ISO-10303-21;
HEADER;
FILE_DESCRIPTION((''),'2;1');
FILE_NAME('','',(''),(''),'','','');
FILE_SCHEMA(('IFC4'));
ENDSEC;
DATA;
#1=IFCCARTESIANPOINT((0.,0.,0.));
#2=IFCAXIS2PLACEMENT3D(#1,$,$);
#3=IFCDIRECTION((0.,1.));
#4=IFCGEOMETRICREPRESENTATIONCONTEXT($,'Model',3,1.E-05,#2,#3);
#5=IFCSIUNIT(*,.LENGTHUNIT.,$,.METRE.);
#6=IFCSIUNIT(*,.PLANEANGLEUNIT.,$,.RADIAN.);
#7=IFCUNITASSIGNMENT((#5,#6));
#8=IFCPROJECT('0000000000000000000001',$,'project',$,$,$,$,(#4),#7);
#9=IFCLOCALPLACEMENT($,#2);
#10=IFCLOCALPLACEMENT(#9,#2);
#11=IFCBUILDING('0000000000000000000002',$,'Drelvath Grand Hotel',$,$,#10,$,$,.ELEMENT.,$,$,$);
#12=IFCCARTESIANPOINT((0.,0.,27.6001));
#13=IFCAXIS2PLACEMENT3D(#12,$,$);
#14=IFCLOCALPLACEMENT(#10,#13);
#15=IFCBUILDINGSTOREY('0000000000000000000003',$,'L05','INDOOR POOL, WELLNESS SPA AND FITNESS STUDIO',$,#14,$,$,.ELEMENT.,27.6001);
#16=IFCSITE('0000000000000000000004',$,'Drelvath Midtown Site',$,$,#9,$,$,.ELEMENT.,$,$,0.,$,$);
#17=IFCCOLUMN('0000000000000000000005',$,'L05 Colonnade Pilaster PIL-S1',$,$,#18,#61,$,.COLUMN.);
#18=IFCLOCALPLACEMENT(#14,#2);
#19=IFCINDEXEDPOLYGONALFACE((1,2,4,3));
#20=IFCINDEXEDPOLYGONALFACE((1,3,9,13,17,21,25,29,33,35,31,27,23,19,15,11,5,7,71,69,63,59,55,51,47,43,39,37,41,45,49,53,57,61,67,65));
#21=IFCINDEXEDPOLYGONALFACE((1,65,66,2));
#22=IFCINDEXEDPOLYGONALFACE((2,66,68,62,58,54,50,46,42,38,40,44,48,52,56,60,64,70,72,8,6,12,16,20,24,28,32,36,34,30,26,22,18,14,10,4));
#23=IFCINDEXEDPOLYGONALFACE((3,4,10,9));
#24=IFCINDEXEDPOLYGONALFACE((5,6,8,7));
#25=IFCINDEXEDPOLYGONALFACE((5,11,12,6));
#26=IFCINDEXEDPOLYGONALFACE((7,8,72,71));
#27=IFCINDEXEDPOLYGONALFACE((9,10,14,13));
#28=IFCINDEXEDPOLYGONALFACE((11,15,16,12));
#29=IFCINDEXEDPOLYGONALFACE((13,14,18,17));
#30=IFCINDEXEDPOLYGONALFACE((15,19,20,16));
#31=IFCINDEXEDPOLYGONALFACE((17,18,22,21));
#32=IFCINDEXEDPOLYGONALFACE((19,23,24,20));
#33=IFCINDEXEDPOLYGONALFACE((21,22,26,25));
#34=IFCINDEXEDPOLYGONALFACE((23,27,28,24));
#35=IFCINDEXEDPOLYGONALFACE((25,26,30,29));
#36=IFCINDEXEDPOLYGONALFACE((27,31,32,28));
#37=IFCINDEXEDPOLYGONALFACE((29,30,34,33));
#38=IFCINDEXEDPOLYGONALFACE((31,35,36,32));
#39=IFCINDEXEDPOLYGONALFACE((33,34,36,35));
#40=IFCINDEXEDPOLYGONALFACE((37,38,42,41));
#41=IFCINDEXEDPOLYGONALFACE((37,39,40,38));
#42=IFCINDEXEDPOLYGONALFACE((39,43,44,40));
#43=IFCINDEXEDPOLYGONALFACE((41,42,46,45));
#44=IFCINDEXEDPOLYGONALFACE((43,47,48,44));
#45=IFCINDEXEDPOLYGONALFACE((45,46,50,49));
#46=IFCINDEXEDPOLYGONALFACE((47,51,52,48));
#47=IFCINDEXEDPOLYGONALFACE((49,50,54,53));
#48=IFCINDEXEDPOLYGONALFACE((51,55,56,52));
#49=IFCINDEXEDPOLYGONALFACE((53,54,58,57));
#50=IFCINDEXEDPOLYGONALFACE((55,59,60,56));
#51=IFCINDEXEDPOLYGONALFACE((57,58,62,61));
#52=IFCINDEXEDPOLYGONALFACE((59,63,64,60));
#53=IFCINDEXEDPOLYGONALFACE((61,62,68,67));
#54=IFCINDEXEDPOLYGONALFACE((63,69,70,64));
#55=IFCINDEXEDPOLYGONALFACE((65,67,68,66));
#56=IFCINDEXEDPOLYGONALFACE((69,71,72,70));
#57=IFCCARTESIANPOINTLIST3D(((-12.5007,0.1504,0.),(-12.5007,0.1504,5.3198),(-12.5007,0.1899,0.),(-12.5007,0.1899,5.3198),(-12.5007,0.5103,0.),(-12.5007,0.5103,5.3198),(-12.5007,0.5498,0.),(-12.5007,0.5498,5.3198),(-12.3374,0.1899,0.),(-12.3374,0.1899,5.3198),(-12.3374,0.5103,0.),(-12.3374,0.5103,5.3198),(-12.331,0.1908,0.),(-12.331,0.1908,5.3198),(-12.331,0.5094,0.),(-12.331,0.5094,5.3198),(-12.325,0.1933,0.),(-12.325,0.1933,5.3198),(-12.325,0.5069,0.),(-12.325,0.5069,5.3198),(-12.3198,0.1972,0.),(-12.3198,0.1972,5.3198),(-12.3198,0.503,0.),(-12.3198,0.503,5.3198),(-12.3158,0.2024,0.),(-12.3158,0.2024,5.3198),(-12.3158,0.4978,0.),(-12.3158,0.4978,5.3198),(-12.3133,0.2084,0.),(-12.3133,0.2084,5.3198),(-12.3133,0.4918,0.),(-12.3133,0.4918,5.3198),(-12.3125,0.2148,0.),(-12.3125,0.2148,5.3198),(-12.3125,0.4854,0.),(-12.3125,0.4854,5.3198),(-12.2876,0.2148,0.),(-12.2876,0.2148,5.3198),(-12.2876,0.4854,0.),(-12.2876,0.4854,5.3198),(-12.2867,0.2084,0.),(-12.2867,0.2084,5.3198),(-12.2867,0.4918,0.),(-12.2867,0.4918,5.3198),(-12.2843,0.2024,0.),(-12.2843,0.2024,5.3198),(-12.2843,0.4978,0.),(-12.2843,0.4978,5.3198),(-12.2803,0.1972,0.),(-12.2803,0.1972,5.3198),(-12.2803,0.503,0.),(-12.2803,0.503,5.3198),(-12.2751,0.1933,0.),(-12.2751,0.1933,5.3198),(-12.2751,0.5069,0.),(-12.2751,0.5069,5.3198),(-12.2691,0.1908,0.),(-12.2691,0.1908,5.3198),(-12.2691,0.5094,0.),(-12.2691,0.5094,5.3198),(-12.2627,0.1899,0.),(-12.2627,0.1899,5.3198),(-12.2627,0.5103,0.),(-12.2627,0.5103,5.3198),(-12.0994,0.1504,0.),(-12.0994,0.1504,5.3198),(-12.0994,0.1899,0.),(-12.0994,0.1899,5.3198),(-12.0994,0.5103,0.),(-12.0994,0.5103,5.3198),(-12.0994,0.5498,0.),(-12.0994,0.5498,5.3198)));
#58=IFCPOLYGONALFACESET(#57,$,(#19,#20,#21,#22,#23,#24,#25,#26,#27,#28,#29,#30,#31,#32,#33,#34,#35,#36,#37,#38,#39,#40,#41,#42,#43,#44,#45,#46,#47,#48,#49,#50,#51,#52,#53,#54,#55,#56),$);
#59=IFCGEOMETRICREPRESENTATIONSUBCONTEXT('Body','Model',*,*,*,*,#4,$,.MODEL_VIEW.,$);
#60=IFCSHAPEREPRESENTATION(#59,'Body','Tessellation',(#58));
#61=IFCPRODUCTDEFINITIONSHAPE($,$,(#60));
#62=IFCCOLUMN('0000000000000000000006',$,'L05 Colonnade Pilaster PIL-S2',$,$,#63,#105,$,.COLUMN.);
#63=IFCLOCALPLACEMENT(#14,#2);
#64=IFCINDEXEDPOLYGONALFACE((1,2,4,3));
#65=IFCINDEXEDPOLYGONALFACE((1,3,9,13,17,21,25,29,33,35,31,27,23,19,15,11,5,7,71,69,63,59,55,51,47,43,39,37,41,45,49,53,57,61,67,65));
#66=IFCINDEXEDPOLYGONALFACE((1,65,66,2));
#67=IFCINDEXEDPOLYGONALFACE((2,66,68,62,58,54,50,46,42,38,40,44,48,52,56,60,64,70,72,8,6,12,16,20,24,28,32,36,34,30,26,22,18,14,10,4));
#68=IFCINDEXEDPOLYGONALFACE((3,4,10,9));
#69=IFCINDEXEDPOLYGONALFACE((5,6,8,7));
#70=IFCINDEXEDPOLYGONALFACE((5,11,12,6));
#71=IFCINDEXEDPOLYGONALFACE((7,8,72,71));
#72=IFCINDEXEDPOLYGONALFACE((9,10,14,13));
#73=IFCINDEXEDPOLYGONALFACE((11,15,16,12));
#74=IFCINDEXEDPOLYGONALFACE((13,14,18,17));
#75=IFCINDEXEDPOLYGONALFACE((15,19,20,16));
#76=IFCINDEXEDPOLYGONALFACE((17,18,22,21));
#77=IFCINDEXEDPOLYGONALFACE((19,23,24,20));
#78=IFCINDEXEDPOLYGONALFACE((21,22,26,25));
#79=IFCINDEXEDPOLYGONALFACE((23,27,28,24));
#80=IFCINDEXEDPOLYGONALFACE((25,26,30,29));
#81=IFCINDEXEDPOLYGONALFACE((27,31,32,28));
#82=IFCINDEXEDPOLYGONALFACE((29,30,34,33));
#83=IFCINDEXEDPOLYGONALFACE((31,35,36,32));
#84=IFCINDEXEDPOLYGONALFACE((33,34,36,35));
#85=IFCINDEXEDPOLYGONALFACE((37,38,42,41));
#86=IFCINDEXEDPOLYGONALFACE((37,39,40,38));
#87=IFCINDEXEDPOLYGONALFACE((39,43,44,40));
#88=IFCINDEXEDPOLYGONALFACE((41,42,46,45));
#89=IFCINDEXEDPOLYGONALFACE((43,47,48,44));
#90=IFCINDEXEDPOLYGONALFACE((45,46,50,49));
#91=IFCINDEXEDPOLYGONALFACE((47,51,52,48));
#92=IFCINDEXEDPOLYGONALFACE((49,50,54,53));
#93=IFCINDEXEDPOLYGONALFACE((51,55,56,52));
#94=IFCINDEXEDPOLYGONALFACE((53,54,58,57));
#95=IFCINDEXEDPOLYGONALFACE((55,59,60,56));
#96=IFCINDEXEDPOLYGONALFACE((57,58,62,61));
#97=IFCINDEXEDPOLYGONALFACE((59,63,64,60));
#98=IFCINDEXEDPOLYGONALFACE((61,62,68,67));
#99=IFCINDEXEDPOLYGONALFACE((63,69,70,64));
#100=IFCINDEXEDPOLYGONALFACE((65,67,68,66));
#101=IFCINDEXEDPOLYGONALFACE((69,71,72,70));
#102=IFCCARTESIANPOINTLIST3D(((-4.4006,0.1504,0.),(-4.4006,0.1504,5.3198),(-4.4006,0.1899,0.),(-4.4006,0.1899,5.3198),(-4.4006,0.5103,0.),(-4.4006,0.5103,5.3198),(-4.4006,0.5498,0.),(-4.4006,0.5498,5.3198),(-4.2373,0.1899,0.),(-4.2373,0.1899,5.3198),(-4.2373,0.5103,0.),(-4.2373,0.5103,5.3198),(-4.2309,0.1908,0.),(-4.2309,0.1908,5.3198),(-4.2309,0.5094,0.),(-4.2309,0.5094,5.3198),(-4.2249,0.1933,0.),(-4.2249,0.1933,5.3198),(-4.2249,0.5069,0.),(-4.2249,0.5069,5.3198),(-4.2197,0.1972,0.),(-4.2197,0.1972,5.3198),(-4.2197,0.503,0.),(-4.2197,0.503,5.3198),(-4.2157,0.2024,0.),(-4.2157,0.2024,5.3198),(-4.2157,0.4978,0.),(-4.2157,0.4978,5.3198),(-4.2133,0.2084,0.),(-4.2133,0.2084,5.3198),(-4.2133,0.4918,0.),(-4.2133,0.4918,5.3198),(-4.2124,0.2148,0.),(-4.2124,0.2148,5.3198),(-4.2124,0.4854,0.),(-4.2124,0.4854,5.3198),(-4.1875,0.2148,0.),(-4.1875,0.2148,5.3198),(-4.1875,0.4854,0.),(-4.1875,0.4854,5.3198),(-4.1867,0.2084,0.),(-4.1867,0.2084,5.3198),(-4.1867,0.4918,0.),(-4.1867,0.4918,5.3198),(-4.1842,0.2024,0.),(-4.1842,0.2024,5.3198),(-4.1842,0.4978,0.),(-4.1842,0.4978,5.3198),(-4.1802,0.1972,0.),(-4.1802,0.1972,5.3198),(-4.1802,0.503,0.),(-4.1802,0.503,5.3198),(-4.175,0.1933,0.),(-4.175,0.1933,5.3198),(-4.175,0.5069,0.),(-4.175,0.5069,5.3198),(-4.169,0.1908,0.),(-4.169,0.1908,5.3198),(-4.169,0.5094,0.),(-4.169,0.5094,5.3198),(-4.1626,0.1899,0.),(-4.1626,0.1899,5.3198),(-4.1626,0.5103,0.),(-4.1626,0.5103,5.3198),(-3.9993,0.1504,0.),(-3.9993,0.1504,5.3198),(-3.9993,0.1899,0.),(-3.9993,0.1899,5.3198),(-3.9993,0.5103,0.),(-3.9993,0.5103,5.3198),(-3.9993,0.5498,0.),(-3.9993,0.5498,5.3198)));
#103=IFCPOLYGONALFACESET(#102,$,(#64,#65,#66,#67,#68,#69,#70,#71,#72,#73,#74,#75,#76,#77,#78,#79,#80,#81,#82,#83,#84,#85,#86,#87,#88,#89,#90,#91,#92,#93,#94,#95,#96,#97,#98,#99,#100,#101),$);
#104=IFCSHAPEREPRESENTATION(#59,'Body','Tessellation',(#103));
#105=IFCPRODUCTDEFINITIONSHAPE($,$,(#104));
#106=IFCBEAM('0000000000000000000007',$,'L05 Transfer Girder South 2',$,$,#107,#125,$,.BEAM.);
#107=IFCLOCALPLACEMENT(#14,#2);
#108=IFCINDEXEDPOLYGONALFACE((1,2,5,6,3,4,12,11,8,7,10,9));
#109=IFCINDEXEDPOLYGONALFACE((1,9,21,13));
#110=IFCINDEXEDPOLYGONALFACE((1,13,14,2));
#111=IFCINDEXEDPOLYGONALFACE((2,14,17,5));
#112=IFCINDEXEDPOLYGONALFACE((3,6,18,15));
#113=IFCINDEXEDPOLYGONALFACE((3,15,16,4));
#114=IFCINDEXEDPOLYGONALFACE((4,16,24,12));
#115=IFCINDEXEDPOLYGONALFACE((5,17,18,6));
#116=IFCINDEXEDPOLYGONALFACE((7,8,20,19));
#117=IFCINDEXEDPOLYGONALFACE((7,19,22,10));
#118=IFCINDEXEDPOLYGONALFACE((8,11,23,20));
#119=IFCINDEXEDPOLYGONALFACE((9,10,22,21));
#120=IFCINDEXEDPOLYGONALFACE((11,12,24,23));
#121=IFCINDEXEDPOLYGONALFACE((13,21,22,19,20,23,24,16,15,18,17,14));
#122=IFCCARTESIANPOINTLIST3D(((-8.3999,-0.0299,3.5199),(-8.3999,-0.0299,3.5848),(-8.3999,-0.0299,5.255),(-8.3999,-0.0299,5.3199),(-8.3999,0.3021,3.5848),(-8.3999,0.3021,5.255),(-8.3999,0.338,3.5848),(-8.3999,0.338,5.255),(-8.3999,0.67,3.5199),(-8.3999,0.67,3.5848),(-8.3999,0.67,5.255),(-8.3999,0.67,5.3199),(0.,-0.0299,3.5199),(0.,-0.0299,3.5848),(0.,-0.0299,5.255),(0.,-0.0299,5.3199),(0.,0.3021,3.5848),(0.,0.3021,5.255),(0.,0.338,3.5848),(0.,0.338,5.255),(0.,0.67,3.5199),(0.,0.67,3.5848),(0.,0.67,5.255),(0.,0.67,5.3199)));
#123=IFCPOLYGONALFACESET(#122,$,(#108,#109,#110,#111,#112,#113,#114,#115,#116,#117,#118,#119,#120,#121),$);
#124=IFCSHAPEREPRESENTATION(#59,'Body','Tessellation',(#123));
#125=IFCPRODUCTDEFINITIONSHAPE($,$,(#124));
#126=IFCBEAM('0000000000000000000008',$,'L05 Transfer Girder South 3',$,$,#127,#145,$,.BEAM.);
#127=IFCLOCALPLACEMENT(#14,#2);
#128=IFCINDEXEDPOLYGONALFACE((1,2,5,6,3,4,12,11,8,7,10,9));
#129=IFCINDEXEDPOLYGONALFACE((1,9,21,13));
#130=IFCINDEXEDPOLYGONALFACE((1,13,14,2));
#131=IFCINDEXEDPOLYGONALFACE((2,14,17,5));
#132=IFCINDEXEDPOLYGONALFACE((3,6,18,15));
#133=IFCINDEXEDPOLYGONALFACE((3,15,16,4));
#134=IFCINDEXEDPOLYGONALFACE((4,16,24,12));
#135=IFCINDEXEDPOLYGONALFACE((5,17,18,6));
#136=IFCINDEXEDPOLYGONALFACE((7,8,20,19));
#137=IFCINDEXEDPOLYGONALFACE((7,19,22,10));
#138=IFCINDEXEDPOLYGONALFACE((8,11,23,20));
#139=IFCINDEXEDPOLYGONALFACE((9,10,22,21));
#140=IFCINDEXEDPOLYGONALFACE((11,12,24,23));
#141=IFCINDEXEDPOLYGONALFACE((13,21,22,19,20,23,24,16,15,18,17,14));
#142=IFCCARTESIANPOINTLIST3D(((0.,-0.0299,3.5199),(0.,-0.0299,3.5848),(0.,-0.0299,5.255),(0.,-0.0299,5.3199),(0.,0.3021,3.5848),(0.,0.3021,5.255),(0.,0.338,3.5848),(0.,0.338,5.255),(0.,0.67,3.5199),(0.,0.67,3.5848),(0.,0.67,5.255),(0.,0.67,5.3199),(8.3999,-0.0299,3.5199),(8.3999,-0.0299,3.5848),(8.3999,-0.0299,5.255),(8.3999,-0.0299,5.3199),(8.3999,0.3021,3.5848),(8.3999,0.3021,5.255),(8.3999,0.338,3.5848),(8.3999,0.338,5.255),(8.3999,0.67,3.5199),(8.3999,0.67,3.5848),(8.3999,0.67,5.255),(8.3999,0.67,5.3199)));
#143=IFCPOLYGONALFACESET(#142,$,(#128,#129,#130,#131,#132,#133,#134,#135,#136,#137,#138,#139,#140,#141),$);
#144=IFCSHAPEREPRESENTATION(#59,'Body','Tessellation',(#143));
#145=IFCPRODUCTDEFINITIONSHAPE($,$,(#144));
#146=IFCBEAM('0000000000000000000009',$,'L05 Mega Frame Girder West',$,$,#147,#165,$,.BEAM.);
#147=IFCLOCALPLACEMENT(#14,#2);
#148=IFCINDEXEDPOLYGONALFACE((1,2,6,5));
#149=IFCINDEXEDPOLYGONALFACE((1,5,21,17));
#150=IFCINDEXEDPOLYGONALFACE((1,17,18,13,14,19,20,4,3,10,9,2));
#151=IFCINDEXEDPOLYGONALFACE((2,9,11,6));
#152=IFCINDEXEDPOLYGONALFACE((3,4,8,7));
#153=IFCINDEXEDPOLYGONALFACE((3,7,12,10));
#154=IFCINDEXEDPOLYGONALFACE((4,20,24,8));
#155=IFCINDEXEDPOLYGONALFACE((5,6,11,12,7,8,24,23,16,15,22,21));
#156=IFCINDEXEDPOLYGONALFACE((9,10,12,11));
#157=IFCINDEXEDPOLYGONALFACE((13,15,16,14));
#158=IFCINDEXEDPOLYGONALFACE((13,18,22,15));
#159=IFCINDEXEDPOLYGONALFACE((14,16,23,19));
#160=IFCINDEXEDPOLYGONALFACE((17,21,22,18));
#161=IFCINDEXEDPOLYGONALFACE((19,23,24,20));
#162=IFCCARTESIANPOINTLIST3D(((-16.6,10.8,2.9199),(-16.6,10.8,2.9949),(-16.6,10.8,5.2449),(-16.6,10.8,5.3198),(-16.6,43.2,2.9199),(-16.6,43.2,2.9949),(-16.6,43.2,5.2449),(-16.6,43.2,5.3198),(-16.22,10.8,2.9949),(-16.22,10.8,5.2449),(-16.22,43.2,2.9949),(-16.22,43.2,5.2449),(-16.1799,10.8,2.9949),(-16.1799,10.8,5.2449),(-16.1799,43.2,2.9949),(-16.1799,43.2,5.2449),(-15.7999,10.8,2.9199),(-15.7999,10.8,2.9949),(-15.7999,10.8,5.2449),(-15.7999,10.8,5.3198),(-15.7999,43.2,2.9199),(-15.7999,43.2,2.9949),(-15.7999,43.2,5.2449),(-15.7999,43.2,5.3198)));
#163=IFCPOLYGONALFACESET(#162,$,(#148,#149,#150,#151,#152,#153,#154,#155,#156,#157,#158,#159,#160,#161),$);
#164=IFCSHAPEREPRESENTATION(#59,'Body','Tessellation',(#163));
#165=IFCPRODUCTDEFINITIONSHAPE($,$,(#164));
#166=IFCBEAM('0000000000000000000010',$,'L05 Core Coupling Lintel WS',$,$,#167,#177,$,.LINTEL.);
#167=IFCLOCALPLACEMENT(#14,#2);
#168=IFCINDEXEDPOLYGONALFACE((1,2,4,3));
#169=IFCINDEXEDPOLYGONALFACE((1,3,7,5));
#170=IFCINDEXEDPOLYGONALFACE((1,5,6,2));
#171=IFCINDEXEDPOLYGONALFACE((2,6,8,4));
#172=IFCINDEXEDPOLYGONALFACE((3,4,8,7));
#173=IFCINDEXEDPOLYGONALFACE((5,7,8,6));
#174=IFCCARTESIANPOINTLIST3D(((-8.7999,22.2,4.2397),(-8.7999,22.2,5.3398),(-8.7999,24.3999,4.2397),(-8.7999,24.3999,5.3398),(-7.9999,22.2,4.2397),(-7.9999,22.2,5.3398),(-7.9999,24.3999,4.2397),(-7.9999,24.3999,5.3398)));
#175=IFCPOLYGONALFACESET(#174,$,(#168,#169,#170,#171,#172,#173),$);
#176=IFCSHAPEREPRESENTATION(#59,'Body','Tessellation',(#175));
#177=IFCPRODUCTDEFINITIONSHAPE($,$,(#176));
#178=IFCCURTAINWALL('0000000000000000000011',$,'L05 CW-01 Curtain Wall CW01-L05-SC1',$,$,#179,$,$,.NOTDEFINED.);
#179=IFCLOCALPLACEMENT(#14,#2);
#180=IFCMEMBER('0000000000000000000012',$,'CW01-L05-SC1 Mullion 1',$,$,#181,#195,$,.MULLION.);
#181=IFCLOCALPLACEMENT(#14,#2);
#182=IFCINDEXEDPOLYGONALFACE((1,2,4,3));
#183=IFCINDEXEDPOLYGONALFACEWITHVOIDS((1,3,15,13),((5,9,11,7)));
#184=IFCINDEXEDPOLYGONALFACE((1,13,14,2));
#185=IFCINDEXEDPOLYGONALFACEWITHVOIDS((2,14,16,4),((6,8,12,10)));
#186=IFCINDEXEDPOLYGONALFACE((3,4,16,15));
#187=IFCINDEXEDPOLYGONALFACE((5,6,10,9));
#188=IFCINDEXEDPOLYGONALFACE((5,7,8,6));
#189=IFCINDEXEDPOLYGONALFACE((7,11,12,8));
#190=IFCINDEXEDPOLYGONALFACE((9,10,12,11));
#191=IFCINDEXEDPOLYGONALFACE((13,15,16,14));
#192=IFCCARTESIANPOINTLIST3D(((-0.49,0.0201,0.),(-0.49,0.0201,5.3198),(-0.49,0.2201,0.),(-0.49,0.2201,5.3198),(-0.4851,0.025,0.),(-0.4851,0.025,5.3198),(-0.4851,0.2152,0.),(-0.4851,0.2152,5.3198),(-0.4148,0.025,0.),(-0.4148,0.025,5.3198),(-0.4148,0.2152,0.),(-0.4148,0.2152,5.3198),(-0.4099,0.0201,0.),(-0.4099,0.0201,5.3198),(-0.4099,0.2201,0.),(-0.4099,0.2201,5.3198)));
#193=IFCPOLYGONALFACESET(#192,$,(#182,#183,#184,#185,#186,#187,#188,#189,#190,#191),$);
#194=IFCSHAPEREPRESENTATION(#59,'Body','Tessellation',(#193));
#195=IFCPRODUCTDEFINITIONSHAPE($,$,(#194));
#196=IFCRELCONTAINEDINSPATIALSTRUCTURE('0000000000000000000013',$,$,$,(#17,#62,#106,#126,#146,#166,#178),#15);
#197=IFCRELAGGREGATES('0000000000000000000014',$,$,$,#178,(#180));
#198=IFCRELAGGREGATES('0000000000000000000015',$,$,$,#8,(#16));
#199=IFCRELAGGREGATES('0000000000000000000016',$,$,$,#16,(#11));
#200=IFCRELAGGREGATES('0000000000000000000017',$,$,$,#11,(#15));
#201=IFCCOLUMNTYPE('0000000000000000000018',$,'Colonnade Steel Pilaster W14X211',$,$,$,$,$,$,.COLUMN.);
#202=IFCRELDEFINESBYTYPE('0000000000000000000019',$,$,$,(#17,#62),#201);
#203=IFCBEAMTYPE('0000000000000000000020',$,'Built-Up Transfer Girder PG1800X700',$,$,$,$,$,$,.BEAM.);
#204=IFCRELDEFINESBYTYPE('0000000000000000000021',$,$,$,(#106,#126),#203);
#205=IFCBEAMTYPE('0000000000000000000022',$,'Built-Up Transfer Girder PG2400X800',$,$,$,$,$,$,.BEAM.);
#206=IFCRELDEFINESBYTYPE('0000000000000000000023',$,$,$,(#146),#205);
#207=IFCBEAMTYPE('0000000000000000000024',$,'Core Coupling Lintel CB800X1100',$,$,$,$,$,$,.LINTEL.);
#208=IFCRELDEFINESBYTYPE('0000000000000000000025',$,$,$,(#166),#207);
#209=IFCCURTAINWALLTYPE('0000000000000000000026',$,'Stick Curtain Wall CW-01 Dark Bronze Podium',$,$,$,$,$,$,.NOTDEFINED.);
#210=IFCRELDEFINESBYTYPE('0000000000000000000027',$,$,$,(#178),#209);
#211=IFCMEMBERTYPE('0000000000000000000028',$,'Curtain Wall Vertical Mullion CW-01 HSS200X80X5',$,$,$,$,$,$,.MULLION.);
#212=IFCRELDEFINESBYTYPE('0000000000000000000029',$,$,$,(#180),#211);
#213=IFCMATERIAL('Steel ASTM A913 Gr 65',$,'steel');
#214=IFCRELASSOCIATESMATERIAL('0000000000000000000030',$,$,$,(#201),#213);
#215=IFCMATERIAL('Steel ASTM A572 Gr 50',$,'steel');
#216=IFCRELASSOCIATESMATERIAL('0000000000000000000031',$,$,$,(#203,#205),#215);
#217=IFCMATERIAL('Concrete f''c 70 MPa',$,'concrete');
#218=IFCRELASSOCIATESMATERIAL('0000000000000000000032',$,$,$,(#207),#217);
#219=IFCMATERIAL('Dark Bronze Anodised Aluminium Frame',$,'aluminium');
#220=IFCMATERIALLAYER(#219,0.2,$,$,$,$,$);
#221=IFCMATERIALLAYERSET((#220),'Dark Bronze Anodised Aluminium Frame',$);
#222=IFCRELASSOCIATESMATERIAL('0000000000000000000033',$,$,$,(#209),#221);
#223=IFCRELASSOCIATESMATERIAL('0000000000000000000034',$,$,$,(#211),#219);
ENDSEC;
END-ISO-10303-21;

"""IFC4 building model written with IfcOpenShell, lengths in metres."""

from ifc_helpers import new_model, si_unit, direction, frame, origin, origin_2d, place, context, subcontext, project, spatial, rectangle, hollow_rectangle, i_section, extrude, material, layer, layer_set, material_profile, profile_set, type_object, element, aggregate, save


model = new_model("IFC4")

# Units and contexts
model_context = context("Model", 3, precision=1e-05, world=origin(), true_north=direction((0.0, 1.0)))
body_context = subcontext(model_context, "Body", "Model", "MODEL_VIEW")
ifc_project = project(units=[si_unit("LENGTHUNIT", "METRE"), si_unit("PLANEANGLEUNIT", "RADIAN")], contexts=[model_context])

# Site, building, storey
site_placement = place(None, origin())
site = spatial("IfcSite", under=ifc_project, at=site_placement, Name="Drelvath Midtown Site", CompositionType="ELEMENT", RefElevation=0.0)
building_placement = place(site_placement, origin())
building = spatial("IfcBuilding", under=site, at=building_placement, Name="Drelvath Grand Hotel", CompositionType="ELEMENT")
storey_placement = place(building_placement, frame((0.0, 0.0, 27.6001)))
storey = spatial("IfcBuildingStorey", under=building, at=storey_placement, Name="L05", Description="INDOOR POOL, WELLNESS SPA AND FITNESS STUDIO", CompositionType="ELEMENT", Elevation=27.6001)

# Columns
ifc_material_1 = material(Name="Steel ASTM A913 Gr 65", Category="steel")
ifc_material_profile_1 = material_profile(ifc_material_1, i_section(OverallWidth=0.4014, OverallDepth=0.3994, WebThickness=0.0249, FlangeThickness=0.0396, FilletRadius=0.0249, at=origin_2d()), Name="W14X211")
ifc_profile_set_1 = profile_set([ifc_material_profile_1], Name="Steel ASTM A913 Gr 65")
column_type = type_object("IfcColumnType", Name="Colonnade Steel Pilaster W14X211", PredefinedType="COLUMN", material=ifc_profile_set_1)
for number, where, z_axis, x_axis, name in (
    (1, (-12.3, 0.3501, 0.0), (0.0, 0.0, 1.0), (1.0, 0.0, 0.0), "L05 Colonnade Pilaster PIL-S1"),
    (2, (-4.2, 0.3501, 0.0), (0.0, 0.0, 1.0), (1.0, 0.0, 0.0), "L05 Colonnade Pilaster PIL-S2"),
):
    element("IfcColumn", number, at=place(storey_placement, frame(where, z_axis=z_axis, x_axis=x_axis)), inside=storey, type_object=column_type, Name=name, PredefinedType="COLUMN", context=body_context, shape_type="SweptSolid", body=[
        extrude(i_section(OverallWidth=0.4014, OverallDepth=0.3994, WebThickness=0.0249, FlangeThickness=0.0396, FilletRadius=0.0249, at=origin_2d()), origin(), (0.0, 0.0, 1.0), 5.3198),
    ])

# Beams
ifc_material_2 = material(Name="Steel ASTM A572 Gr 50", Category="steel")
ifc_material_profile_2 = material_profile(ifc_material_2, i_section(OverallWidth=0.7, OverallDepth=1.8, WebThickness=0.0359, FlangeThickness=0.0649, at=origin_2d()), Name="PG1800X700")
ifc_profile_set_2 = profile_set([ifc_material_profile_2], Name="Steel ASTM A572 Gr 50")
beam_type_1 = type_object("IfcBeamType", Name="Built-Up Transfer Girder PG1800X700", PredefinedType="BEAM", material=ifc_profile_set_2)
for number, where, z_axis, x_axis, name in (
    (3, (-8.3999, 0.3201, 4.4199), (1.0, 0.0, 0.0), (0.0, 1.0, 0.0), "L05 Transfer Girder South 2"),
    (4, (0.0, 0.3201, 4.4199), (1.0, 0.0, 0.0), (0.0, 1.0, 0.0), "L05 Transfer Girder South 3"),
):
    element("IfcBeam", number, at=place(storey_placement, frame(where, z_axis=z_axis, x_axis=x_axis)), inside=storey, type_object=beam_type_1, Name=name, PredefinedType="BEAM", context=body_context, shape_type="SweptSolid", body=[
        extrude(i_section(OverallWidth=0.7, OverallDepth=1.8, WebThickness=0.0359, FlangeThickness=0.0649, at=origin_2d()), origin(), (0.0, 0.0, 1.0), 8.3999),
    ])
ifc_material_profile_3 = material_profile(ifc_material_2, i_section(OverallWidth=0.8, OverallDepth=2.3999, WebThickness=0.04, FlangeThickness=0.075, at=origin_2d()), Name="PG2400X800")
ifc_profile_set_3 = profile_set([ifc_material_profile_3], Name="Steel ASTM A572 Gr 50")
beam_type_2 = type_object("IfcBeamType", Name="Built-Up Transfer Girder PG2400X800", PredefinedType="BEAM", material=ifc_profile_set_3)
beam_1_placement = place(storey_placement, frame((-16.2, 10.8, 4.1199), z_axis=(0.0, 1.0, 0.0), x_axis=(-1.0, 0.0, 0.0)))
element("IfcBeam", 5, at=beam_1_placement, inside=storey, type_object=beam_type_2, Name="L05 Mega Frame Girder West", PredefinedType="BEAM", context=body_context, shape_type="SweptSolid", body=[
    extrude(i_section(OverallWidth=0.8, OverallDepth=2.3999, WebThickness=0.04, FlangeThickness=0.075, at=origin_2d()), origin(), (0.0, 0.0, 1.0), 32.3999),
])
ifc_material_3 = material(Name="Concrete f'c 70 MPa", Category="concrete")
ifc_material_profile_4 = material_profile(ifc_material_3, rectangle(XDim=0.8, YDim=1.1001, at=origin_2d()), Name="CB800X1100")
ifc_profile_set_4 = profile_set([ifc_material_profile_4], Name="Concrete f'c 70 MPa")
beam_type_3 = type_object("IfcBeamType", Name="Core Coupling Lintel CB800X1100", PredefinedType="LINTEL", material=ifc_profile_set_4)
beam_2_placement = place(storey_placement, frame((-8.3999, 22.2, 4.7898), z_axis=(0.0, 1.0, 0.0), x_axis=(-1.0, 0.0, 0.0)))
element("IfcBeam", 6, at=beam_2_placement, inside=storey, type_object=beam_type_3, Name="L05 Core Coupling Lintel WS", PredefinedType="LINTEL", context=body_context, shape_type="SweptSolid", body=[
    extrude(rectangle(XDim=0.8, YDim=1.1001, at=origin_2d()), origin(), (0.0, 0.0, 1.0), 2.2),
])

# Curtain wall, member
ifc_material_4 = material(Name="Dark Bronze Anodised Aluminium Frame", Category="aluminium")
ifc_layer_1 = layer(ifc_material_4, 0.2)
ifc_layer_set_1 = layer_set([ifc_layer_1], Name="Dark Bronze Anodised Aluminium Frame")
curtain_wall_type = type_object("IfcCurtainWallType", Name="Stick Curtain Wall CW-01 Dark Bronze Podium", PredefinedType="NOTDEFINED", material=ifc_layer_set_1)
curtain_wall_placement = place(storey_placement, origin())
curtain_wall = element("IfcCurtainWall", 7, at=curtain_wall_placement, inside=storey, type_object=curtain_wall_type, Name="L05 CW-01 Curtain Wall CW01-L05-SC1", PredefinedType="NOTDEFINED")
ifc_material_profile_5 = material_profile(ifc_material_4, hollow_rectangle(XDim=0.0801, YDim=0.2, WallThickness=0.0049, at=origin_2d()), Name="HSS200X80X5")
ifc_profile_set_5 = profile_set([ifc_material_profile_5], Name="Dark Bronze Anodised Aluminium Frame")
member_type = type_object("IfcMemberType", Name="Curtain Wall Vertical Mullion CW-01 HSS200X80X5", PredefinedType="MULLION", material=ifc_profile_set_5)
member_placement = place(storey_placement, frame((-0.45, 0.1201, 0.0), z_axis=(0.0, 0.0, 1.0), x_axis=(1.0, 0.0, 0.0)))
member = element("IfcMember", 8, at=member_placement, type_object=member_type, Name="CW01-L05-SC1 Mullion 1", PredefinedType="MULLION", context=body_context, shape_type="SweptSolid", body=[
    extrude(hollow_rectangle(XDim=0.0801, YDim=0.2, WallThickness=0.0049, at=origin_2d()), origin(), (0.0, 0.0, 1.0), 5.3198),
])
aggregate(curtain_wall, [member])

save(model, "model.ifc")
